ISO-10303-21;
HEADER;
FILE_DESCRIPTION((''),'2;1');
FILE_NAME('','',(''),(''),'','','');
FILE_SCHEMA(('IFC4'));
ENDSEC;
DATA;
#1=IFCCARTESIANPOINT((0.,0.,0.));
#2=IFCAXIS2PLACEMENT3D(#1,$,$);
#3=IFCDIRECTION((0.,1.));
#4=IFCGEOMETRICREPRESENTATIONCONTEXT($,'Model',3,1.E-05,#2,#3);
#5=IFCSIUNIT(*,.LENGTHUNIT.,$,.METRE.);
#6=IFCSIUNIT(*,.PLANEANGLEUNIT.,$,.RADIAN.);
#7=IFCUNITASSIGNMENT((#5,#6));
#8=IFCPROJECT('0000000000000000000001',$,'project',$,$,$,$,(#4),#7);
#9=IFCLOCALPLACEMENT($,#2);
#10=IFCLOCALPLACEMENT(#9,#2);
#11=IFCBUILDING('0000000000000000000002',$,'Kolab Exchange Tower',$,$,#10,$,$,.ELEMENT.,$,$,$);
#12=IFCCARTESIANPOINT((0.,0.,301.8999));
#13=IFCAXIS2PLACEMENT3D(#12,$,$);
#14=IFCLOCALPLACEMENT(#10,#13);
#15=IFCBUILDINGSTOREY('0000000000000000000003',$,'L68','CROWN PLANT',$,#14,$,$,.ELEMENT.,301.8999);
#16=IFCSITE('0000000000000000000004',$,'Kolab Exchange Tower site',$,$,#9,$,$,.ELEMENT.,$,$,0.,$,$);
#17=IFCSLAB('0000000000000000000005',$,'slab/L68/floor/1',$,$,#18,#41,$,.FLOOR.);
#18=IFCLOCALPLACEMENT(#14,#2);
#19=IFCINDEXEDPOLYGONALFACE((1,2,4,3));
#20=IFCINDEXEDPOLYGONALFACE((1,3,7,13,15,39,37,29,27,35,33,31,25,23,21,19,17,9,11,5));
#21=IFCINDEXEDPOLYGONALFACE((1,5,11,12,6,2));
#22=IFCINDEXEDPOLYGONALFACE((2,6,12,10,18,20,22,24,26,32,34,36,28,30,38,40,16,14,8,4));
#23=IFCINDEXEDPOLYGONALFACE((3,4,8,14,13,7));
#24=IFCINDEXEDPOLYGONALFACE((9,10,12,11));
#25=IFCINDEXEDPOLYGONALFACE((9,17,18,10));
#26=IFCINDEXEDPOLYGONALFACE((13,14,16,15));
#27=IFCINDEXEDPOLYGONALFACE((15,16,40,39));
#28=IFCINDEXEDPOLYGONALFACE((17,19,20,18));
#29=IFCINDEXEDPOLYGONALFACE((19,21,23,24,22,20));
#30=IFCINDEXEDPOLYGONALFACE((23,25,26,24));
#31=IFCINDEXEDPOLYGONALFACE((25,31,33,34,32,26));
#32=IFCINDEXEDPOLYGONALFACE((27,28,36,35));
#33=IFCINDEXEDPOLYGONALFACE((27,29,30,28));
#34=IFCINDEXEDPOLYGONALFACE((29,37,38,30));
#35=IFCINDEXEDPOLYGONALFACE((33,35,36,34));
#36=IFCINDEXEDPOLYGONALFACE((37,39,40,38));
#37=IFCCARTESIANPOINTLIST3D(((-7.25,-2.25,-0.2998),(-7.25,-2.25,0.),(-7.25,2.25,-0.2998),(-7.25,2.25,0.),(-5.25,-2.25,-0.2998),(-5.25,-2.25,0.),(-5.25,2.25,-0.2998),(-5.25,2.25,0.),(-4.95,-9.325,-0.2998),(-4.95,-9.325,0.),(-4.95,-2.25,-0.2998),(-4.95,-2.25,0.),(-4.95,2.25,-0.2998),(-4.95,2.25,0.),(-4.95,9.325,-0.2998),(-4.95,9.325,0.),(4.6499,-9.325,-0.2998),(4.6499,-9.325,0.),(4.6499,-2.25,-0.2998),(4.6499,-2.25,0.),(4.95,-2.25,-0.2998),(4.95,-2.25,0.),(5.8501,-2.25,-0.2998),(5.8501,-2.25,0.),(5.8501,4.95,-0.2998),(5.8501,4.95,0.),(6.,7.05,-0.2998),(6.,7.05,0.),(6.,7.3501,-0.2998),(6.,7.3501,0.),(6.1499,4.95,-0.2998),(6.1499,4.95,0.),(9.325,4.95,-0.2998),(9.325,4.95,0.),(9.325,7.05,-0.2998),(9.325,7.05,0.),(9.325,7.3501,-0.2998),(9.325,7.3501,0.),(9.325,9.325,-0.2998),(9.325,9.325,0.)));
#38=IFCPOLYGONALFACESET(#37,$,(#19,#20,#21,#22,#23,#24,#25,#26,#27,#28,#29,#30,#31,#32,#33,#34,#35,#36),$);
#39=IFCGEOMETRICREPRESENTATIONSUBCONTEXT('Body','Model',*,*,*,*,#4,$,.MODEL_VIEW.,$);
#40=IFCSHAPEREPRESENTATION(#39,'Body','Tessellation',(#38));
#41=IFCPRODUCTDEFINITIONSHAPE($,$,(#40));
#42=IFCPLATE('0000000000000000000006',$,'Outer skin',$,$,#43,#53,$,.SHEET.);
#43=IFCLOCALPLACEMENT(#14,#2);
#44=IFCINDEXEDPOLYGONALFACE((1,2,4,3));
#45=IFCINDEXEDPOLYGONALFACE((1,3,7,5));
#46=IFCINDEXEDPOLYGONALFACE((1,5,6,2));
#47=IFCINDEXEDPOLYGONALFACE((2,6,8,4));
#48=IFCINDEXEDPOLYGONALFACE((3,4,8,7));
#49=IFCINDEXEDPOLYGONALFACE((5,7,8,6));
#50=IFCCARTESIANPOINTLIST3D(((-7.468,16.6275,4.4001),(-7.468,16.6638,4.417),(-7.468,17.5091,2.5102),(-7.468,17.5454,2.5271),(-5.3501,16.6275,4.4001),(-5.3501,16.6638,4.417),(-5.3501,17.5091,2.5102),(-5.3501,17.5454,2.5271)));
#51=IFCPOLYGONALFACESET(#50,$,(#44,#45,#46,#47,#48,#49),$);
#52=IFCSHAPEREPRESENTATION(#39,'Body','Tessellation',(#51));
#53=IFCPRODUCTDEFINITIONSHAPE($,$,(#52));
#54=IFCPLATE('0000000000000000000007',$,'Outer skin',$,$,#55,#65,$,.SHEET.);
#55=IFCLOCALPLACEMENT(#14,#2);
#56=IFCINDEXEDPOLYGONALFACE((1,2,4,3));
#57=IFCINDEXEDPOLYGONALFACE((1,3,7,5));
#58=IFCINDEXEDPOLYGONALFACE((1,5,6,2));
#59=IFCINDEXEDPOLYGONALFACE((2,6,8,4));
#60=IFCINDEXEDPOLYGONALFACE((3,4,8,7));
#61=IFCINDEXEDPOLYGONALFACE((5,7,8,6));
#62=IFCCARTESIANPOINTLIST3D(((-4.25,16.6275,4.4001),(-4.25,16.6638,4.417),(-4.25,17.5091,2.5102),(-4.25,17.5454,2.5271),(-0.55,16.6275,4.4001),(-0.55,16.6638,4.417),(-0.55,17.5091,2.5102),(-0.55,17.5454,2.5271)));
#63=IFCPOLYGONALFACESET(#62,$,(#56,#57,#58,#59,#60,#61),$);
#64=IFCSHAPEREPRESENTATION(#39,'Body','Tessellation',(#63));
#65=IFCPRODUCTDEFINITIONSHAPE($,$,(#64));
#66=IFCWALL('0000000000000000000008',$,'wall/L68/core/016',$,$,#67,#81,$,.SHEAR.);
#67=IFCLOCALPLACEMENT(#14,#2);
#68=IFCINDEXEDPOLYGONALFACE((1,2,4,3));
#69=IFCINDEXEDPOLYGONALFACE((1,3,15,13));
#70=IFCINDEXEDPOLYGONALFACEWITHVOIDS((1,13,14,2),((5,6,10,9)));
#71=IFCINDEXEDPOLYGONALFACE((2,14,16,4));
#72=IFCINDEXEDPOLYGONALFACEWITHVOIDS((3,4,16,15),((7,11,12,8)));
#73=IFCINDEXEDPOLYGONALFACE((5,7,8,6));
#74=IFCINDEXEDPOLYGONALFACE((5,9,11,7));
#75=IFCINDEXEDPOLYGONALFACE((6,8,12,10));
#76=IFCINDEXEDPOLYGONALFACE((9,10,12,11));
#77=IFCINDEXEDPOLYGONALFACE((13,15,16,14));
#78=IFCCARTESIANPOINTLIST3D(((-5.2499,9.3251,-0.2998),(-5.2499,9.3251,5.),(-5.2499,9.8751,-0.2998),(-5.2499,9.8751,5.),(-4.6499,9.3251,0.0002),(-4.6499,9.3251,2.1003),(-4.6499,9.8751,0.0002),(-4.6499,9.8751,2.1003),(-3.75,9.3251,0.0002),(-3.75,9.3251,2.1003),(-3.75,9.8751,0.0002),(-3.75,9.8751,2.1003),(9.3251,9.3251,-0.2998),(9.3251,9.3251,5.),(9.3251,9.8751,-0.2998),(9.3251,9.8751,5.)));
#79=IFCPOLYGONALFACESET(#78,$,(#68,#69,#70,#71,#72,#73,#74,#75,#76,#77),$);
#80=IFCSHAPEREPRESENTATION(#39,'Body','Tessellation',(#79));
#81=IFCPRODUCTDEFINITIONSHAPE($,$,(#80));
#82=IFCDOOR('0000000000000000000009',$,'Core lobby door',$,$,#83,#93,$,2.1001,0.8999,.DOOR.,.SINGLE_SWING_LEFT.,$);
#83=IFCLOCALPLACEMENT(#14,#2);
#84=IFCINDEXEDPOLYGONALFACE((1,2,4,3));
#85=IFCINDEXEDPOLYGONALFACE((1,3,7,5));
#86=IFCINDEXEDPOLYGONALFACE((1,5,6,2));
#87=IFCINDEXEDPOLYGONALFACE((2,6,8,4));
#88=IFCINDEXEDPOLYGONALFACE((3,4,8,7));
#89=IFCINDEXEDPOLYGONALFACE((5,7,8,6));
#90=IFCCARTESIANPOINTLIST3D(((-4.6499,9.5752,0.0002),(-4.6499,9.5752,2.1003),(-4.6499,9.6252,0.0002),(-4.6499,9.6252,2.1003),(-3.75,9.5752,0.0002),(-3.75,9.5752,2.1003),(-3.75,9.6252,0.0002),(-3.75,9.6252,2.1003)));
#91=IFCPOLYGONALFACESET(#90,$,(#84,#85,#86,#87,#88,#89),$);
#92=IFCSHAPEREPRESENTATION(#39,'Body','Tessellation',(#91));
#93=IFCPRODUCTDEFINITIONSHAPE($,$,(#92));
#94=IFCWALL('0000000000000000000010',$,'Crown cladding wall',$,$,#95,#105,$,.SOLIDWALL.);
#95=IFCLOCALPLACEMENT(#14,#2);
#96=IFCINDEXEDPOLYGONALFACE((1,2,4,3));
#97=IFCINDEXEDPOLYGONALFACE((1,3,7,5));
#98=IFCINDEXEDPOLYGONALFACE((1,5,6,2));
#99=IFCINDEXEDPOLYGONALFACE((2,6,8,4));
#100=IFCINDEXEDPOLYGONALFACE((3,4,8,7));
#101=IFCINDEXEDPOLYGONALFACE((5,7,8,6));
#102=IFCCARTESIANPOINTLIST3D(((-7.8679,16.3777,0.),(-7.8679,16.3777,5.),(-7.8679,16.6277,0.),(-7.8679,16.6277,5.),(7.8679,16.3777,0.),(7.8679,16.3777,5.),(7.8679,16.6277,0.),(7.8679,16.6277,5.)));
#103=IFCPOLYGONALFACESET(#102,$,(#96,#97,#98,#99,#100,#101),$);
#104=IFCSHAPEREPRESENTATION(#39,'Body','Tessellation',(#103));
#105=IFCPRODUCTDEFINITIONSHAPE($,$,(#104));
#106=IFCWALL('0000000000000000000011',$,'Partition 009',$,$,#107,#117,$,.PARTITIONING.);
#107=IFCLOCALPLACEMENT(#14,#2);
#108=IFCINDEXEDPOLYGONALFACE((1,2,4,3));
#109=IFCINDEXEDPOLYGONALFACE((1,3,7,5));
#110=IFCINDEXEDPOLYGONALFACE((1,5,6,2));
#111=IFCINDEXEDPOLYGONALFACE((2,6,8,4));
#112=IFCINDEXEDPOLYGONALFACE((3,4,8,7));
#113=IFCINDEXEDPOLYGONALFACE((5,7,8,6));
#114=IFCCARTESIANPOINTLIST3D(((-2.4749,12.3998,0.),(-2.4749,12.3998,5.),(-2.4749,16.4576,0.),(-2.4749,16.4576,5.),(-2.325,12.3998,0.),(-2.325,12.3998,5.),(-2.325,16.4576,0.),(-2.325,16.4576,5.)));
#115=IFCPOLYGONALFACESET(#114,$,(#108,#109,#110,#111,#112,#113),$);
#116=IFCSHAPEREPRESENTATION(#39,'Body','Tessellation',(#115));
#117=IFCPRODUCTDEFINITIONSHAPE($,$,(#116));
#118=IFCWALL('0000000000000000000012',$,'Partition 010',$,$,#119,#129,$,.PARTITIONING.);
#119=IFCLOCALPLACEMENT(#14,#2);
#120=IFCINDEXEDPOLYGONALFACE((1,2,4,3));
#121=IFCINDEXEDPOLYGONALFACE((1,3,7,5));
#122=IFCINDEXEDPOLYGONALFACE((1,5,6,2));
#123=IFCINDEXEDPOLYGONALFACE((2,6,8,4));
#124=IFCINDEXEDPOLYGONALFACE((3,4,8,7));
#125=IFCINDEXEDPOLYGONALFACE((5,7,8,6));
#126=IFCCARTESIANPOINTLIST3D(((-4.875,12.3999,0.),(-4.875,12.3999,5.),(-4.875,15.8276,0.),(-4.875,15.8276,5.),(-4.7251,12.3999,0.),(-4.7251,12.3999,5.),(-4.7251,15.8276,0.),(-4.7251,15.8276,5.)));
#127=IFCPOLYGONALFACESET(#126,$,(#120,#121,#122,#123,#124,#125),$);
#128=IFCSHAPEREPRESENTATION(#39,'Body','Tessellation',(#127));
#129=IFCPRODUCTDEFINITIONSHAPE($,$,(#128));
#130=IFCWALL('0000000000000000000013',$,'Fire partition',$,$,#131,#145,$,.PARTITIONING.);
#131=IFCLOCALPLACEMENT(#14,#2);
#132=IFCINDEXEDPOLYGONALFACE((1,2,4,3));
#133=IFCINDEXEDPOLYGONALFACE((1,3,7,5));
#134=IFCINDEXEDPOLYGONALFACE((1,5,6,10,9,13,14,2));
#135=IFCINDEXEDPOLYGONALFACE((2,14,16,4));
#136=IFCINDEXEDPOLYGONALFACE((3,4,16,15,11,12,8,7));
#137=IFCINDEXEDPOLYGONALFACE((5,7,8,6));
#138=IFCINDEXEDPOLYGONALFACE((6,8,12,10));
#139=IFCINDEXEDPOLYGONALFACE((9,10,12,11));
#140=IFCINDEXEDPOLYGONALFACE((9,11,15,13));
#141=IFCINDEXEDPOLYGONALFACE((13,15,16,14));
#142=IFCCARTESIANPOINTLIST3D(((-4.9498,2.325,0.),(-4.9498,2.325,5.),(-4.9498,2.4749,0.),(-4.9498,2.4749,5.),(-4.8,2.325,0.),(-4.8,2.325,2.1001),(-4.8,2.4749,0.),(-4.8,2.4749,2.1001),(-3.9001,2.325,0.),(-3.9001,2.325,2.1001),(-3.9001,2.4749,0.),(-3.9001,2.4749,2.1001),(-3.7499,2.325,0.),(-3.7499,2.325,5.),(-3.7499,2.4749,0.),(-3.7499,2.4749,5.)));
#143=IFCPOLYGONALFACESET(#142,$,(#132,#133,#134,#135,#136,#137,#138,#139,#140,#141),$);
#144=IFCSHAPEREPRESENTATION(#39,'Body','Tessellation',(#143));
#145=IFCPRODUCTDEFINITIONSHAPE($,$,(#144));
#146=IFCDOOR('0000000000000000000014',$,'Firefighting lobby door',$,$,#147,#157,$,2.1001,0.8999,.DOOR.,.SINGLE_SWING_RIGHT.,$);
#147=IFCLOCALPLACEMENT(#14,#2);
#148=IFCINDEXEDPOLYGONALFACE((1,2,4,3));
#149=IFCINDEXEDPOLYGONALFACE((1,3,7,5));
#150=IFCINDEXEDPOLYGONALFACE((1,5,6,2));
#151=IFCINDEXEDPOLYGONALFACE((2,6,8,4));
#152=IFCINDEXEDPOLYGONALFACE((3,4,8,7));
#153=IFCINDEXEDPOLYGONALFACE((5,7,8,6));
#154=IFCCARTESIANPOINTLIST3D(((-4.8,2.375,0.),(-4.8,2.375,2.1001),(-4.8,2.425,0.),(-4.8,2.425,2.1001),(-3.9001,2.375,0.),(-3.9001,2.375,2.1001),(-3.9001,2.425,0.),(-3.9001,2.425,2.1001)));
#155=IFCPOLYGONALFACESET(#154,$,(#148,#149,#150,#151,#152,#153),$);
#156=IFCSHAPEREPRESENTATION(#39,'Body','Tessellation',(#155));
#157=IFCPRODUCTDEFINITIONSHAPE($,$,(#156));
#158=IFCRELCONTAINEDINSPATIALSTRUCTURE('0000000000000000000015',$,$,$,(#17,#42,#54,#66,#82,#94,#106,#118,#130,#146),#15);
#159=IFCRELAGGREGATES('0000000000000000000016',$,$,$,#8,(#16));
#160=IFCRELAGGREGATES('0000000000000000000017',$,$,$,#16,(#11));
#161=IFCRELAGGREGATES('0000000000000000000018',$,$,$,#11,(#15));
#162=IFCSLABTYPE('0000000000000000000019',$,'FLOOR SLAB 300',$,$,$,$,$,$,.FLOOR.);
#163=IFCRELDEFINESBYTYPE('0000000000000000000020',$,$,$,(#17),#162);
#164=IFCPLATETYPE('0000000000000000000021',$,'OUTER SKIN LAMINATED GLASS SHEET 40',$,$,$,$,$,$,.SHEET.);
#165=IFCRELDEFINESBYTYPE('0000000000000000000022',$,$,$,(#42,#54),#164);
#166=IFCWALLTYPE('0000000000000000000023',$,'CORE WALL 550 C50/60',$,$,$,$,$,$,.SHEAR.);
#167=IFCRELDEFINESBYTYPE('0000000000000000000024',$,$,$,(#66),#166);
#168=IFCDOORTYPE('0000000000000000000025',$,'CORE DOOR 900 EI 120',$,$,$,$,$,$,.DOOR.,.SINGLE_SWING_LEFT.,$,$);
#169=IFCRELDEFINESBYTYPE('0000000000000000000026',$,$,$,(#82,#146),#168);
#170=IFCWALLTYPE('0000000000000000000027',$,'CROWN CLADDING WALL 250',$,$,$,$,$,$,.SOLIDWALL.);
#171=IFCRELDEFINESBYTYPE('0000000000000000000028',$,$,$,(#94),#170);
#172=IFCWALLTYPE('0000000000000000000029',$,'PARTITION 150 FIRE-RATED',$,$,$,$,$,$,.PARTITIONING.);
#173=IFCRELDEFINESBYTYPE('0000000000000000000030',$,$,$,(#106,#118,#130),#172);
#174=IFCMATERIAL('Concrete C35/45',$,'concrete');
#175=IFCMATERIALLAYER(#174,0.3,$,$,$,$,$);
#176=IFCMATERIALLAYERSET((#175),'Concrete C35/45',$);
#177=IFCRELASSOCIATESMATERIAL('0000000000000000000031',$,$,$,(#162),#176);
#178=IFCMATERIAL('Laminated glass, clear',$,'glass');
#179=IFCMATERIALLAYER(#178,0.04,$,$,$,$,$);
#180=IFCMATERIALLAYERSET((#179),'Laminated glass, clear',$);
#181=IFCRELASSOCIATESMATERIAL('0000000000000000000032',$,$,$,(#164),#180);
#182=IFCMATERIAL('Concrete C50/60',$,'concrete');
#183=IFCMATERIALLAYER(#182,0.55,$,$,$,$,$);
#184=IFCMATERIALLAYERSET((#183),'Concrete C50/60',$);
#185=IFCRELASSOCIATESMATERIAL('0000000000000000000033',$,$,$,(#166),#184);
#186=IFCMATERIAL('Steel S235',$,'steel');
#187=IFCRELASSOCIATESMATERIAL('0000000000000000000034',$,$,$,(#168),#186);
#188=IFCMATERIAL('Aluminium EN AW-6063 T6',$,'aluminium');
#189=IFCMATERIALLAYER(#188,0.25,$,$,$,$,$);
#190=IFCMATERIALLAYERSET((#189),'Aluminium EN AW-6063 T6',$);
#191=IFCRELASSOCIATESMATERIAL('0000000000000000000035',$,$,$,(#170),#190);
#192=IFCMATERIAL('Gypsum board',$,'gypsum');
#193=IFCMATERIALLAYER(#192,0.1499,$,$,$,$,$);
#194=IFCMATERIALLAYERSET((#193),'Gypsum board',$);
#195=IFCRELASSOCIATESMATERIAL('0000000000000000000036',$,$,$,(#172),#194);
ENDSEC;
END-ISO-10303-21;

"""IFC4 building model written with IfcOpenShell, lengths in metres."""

from ifc_helpers import new_model, si_unit, direction, frame, frame_2d, origin, place, context, subcontext, project, spatial, polyline, rectangle, outline, extrude, material, layer, layer_set, type_object, element, fill, save


model = new_model("IFC4")

# Units and contexts
model_context = context("Model", 3, precision=1e-05, world=origin(), true_north=direction((0.0, 1.0)))
body_context = subcontext(model_context, "Body", "Model", "MODEL_VIEW")
ifc_project = project(units=[si_unit("LENGTHUNIT", "METRE"), si_unit("PLANEANGLEUNIT", "RADIAN")], contexts=[model_context])

# Site, building, storey
site_placement = place(None, origin())
site = spatial("IfcSite", under=ifc_project, at=site_placement, Name="Kolab Exchange Tower site", CompositionType="ELEMENT", RefElevation=0.0)
building_placement = place(site_placement, origin())
building = spatial("IfcBuilding", under=site, at=building_placement, Name="Kolab Exchange Tower", CompositionType="ELEMENT")
storey_placement = place(building_placement, frame((0.0, 0.0, 301.8999)))
storey = spatial("IfcBuildingStorey", under=building, at=storey_placement, Name="L68", Description="CROWN PLANT", CompositionType="ELEMENT", Elevation=301.8999)

# Shared definitions
ifc_material_1 = material(Name="Concrete C50/60", Category="concrete")

# Shared definitions
ifc_material_2 = material(Name="Aluminium EN AW-6063 T6", Category="aluminium")

# Slab
ifc_material_3 = material(Name="Concrete C35/45", Category="concrete")
ifc_layer_1 = layer(ifc_material_3, 0.3)
ifc_layer_set_1 = layer_set([ifc_layer_1], Name="Concrete C35/45")
slab_type = type_object("IfcSlabType", Name="FLOOR SLAB 300", PredefinedType="FLOOR", material=ifc_layer_set_1)
slab_1_placement = place(storey_placement, frame((0.0, 0.0, -0.2998)))
element("IfcSlab", 1, at=slab_1_placement, inside=storey, type_object=slab_type, Name="slab/L68/floor/1", PredefinedType="FLOOR", context=body_context, shape_type="SweptSolid", body=[
    extrude(outline(polyline([(-7.25, 2.25), (-7.25, -2.25), (-5.25, -2.25), (-4.95, -2.25), (-4.95, -9.325), (4.6499, -9.325), (4.6499, -2.25), (4.95, -2.25), (5.8501, -2.25), (5.8501, 4.95), (6.1499, 4.95), (9.325, 4.95), (9.325, 7.05), (6.0, 7.05), (6.0, 7.3501), (9.325, 7.3501), (9.325, 9.325), (-4.95, 9.325), (-4.95, 2.25), (-5.25, 2.25), (-7.25, 2.25)])), origin(), (0.0, 0.0, 1.0), 0.2998),
])

# Plates
ifc_material_4 = material(Name="Laminated glass, clear", Category="glass")
ifc_layer_2 = layer(ifc_material_4, 0.04)
ifc_layer_set_2 = layer_set([ifc_layer_2], Name="Laminated glass, clear")
plate_type = type_object("IfcPlateType", Name="OUTER SKIN LAMINATED GLASS SHEET 40", PredefinedType="SHEET", material=ifc_layer_set_2)
plate_1_placement = place(storey_placement, frame((-7.468, 17.5454, 2.5271), z_axis=(0.0, 0.906249, 0.422744), x_axis=(1.0, 0.0, 0.0)))
element("IfcPlate", 2, at=plate_1_placement, inside=storey, type_object=plate_type, Name="Outer skin", PredefinedType="SHEET", context=body_context, shape_type="SweptSolid", body=[
    extrude(outline(polyline([(0.0, 0.0), (2.1179, 0.0), (2.1179, -2.0854), (0.0, -2.0854), (0.0, 0.0)])), origin(), (0.0, 0.0, -1.0), 0.04),
])
plate_2_placement = place(storey_placement, frame((-4.25, 17.5454, 2.5271), z_axis=(0.0, 0.906249, 0.422744), x_axis=(1.0, 0.0, 0.0)))
element("IfcPlate", 3, at=plate_2_placement, inside=storey, type_object=plate_type, Name="Outer skin", PredefinedType="SHEET", context=body_context, shape_type="SweptSolid", body=[
    extrude(outline(polyline([(0.0, 0.0), (3.7, 0.0), (3.7, -2.0854), (0.0, -2.0854), (0.0, 0.0)])), origin(), (0.0, 0.0, -1.0), 0.04),
])

# Wall, opening, door
ifc_layer_3 = layer(ifc_material_1, 0.55)
ifc_layer_set_3 = layer_set([ifc_layer_3], Name="Concrete C50/60")
wall_type_1 = type_object("IfcWallType", Name="CORE WALL 550 C50/60", PredefinedType="SHEAR", material=ifc_layer_set_3)
wall_1_placement = place(storey_placement, frame((-5.25, 9.6001, -0.2998), z_axis=(0.0, 0.0, 1.0), x_axis=(1.0, 0.0, 0.0)))
wall_1 = element("IfcWall", 4, at=wall_1_placement, inside=storey, type_object=wall_type_1, Name="wall/L68/core/016", PredefinedType="SHEAR", context=body_context, shape_type="SweptSolid", body=[
    extrude(rectangle(XDim=14.575, YDim=0.55, at=frame_2d((7.2876, 0.0))), origin(), (0.0, 0.0, 1.0), 5.2998),
])
opening_1_placement = place(wall_1_placement, frame((0.6001, 0.0, 0.3)))
opening_1 = element("IfcOpeningElement", 5, at=opening_1_placement, cuts=wall_1, PredefinedType="OPENING", context=body_context, shape_type="SweptSolid", body=[
    extrude(rectangle(XDim=0.8999, YDim=2.1001, at=frame_2d((0.45, 1.05))), frame((0.0, 0.2852, 0.0), z_axis=(0.0, -1.0, 0.0), x_axis=(1.0, 0.0, 0.0)), (0.0, 0.0, 1.0), 0.5701),
])
ifc_material_5 = material(Name="Steel S235", Category="steel")
door_type_1 = type_object("IfcDoorType", Name="CORE DOOR 900 EI 120", OperationType="SINGLE_SWING_LEFT", PredefinedType="DOOR", material=ifc_material_5)
door_1_placement = place(opening_1_placement, frame((0.8999, 0.0, 0.0), z_axis=(0.0, 0.0, 1.0), x_axis=(-1.0, 0.0, 0.0)))
door_1 = element("IfcDoor", 6, at=door_1_placement, inside=storey, type_object=door_type_1, Name="Core lobby door", OperationType="SINGLE_SWING_LEFT", OverallHeight=2.1001, OverallWidth=0.8999, PredefinedType="DOOR", context=body_context, shape_type="SweptSolid", body=[
    extrude(rectangle(XDim=0.8999, YDim=2.1001, at=frame_2d((0.45, 1.05))), frame((0.0, 0.0249, 0.0), z_axis=(0.0, -1.0, 0.0), x_axis=(1.0, 0.0, 0.0)), (0.0, 0.0, 1.0), 0.05),
])
fill(opening_1, door_1)

# Walls
ifc_layer_4 = layer(ifc_material_2, 0.25)
ifc_layer_set_4 = layer_set([ifc_layer_4], Name="Aluminium EN AW-6063 T6")
wall_type_2 = type_object("IfcWallType", Name="CROWN CLADDING WALL 250", PredefinedType="SOLIDWALL", material=ifc_layer_set_4)
wall_2_placement = place(storey_placement, frame((-7.8679, 16.5027, 0.0), z_axis=(0.0, 0.0, 1.0), x_axis=(1.0, 0.0, 0.0)))
element("IfcWall", 7, at=wall_2_placement, inside=storey, type_object=wall_type_2, Name="Crown cladding wall", PredefinedType="SOLIDWALL", context=body_context, shape_type="SweptSolid", body=[
    extrude(rectangle(XDim=15.7358, YDim=0.25, at=frame_2d((7.8679, 0.0))), origin(), (0.0, 0.0, 1.0), 5.0),
])
ifc_material_6 = material(Name="Gypsum board", Category="gypsum")
ifc_layer_5 = layer(ifc_material_6, 0.1499)
ifc_layer_set_5 = layer_set([ifc_layer_5], Name="Gypsum board")
wall_type_3 = type_object("IfcWallType", Name="PARTITION 150 FIRE-RATED", PredefinedType="PARTITIONING", material=ifc_layer_set_5)
wall_3_placement = place(storey_placement, frame((-2.3999, 12.3999, 0.0), z_axis=(0.0, 0.0, 1.0), x_axis=(0.0, 1.0, 0.0)))
element("IfcWall", 8, at=wall_3_placement, inside=storey, type_object=wall_type_3, Name="Partition 009", PredefinedType="PARTITIONING", context=body_context, shape_type="SweptSolid", body=[
    extrude(rectangle(XDim=4.0579, YDim=0.1499, at=frame_2d((2.0288, 0.0))), origin(), (0.0, 0.0, 1.0), 5.0),
])
wall_4_placement = place(storey_placement, frame((-4.8, 12.3999, 0.0), z_axis=(0.0, 0.0, 1.0), x_axis=(0.0, 1.0, 0.0)))
element("IfcWall", 9, at=wall_4_placement, inside=storey, type_object=wall_type_3, Name="Partition 010", PredefinedType="PARTITIONING", context=body_context, shape_type="SweptSolid", body=[
    extrude(rectangle(XDim=3.4277, YDim=0.1499, at=frame_2d((1.7139, 0.0))), origin(), (0.0, 0.0, 1.0), 5.0),
])

# Wall, opening, door
wall_5_placement = place(storey_placement, frame((-4.95, 2.3999, 0.0), z_axis=(0.0, 0.0, 1.0), x_axis=(1.0, 0.0, 0.0)))
wall_5 = element("IfcWall", 10, at=wall_5_placement, inside=storey, type_object=wall_type_3, Name="Fire partition", PredefinedType="PARTITIONING", context=body_context, shape_type="SweptSolid", body=[
    extrude(rectangle(XDim=1.2, YDim=0.1499, at=frame_2d((0.6001, 0.0))), origin(), (0.0, 0.0, 1.0), 5.0),
])
opening_2_placement = place(wall_5_placement, frame((0.1499, 0.0, 0.0)))
opening_2 = element("IfcOpeningElement", 11, at=opening_2_placement, cuts=wall_5, PredefinedType="OPENING", context=body_context, shape_type="SweptSolid", body=[
    extrude(rectangle(XDim=0.8999, YDim=2.1001, at=frame_2d((0.45, 1.05))), frame((0.0, 0.085, 0.0), z_axis=(0.0, -1.0, 0.0), x_axis=(1.0, 0.0, 0.0)), (0.0, 0.0, 1.0), 0.1699),
])
door_2_placement = place(opening_2_placement, frame((0.8999, 0.0, 0.0), z_axis=(0.0, 0.0, 1.0), x_axis=(-1.0, 0.0, 0.0)))
door_2 = element("IfcDoor", 12, at=door_2_placement, inside=storey, type_object=door_type_1, Name="Firefighting lobby door", OperationType="SINGLE_SWING_RIGHT", OverallHeight=2.1001, OverallWidth=0.8999, PredefinedType="DOOR", context=body_context, shape_type="SweptSolid", body=[
    extrude(rectangle(XDim=0.8999, YDim=2.1001, at=frame_2d((0.45, 1.05))), frame((0.0, 0.0249, 0.0), z_axis=(0.0, -1.0, 0.0), x_axis=(1.0, 0.0, 0.0)), (0.0, 0.0, 1.0), 0.05),
])
fill(opening_2, door_2)

save(model, "model.ifc")
